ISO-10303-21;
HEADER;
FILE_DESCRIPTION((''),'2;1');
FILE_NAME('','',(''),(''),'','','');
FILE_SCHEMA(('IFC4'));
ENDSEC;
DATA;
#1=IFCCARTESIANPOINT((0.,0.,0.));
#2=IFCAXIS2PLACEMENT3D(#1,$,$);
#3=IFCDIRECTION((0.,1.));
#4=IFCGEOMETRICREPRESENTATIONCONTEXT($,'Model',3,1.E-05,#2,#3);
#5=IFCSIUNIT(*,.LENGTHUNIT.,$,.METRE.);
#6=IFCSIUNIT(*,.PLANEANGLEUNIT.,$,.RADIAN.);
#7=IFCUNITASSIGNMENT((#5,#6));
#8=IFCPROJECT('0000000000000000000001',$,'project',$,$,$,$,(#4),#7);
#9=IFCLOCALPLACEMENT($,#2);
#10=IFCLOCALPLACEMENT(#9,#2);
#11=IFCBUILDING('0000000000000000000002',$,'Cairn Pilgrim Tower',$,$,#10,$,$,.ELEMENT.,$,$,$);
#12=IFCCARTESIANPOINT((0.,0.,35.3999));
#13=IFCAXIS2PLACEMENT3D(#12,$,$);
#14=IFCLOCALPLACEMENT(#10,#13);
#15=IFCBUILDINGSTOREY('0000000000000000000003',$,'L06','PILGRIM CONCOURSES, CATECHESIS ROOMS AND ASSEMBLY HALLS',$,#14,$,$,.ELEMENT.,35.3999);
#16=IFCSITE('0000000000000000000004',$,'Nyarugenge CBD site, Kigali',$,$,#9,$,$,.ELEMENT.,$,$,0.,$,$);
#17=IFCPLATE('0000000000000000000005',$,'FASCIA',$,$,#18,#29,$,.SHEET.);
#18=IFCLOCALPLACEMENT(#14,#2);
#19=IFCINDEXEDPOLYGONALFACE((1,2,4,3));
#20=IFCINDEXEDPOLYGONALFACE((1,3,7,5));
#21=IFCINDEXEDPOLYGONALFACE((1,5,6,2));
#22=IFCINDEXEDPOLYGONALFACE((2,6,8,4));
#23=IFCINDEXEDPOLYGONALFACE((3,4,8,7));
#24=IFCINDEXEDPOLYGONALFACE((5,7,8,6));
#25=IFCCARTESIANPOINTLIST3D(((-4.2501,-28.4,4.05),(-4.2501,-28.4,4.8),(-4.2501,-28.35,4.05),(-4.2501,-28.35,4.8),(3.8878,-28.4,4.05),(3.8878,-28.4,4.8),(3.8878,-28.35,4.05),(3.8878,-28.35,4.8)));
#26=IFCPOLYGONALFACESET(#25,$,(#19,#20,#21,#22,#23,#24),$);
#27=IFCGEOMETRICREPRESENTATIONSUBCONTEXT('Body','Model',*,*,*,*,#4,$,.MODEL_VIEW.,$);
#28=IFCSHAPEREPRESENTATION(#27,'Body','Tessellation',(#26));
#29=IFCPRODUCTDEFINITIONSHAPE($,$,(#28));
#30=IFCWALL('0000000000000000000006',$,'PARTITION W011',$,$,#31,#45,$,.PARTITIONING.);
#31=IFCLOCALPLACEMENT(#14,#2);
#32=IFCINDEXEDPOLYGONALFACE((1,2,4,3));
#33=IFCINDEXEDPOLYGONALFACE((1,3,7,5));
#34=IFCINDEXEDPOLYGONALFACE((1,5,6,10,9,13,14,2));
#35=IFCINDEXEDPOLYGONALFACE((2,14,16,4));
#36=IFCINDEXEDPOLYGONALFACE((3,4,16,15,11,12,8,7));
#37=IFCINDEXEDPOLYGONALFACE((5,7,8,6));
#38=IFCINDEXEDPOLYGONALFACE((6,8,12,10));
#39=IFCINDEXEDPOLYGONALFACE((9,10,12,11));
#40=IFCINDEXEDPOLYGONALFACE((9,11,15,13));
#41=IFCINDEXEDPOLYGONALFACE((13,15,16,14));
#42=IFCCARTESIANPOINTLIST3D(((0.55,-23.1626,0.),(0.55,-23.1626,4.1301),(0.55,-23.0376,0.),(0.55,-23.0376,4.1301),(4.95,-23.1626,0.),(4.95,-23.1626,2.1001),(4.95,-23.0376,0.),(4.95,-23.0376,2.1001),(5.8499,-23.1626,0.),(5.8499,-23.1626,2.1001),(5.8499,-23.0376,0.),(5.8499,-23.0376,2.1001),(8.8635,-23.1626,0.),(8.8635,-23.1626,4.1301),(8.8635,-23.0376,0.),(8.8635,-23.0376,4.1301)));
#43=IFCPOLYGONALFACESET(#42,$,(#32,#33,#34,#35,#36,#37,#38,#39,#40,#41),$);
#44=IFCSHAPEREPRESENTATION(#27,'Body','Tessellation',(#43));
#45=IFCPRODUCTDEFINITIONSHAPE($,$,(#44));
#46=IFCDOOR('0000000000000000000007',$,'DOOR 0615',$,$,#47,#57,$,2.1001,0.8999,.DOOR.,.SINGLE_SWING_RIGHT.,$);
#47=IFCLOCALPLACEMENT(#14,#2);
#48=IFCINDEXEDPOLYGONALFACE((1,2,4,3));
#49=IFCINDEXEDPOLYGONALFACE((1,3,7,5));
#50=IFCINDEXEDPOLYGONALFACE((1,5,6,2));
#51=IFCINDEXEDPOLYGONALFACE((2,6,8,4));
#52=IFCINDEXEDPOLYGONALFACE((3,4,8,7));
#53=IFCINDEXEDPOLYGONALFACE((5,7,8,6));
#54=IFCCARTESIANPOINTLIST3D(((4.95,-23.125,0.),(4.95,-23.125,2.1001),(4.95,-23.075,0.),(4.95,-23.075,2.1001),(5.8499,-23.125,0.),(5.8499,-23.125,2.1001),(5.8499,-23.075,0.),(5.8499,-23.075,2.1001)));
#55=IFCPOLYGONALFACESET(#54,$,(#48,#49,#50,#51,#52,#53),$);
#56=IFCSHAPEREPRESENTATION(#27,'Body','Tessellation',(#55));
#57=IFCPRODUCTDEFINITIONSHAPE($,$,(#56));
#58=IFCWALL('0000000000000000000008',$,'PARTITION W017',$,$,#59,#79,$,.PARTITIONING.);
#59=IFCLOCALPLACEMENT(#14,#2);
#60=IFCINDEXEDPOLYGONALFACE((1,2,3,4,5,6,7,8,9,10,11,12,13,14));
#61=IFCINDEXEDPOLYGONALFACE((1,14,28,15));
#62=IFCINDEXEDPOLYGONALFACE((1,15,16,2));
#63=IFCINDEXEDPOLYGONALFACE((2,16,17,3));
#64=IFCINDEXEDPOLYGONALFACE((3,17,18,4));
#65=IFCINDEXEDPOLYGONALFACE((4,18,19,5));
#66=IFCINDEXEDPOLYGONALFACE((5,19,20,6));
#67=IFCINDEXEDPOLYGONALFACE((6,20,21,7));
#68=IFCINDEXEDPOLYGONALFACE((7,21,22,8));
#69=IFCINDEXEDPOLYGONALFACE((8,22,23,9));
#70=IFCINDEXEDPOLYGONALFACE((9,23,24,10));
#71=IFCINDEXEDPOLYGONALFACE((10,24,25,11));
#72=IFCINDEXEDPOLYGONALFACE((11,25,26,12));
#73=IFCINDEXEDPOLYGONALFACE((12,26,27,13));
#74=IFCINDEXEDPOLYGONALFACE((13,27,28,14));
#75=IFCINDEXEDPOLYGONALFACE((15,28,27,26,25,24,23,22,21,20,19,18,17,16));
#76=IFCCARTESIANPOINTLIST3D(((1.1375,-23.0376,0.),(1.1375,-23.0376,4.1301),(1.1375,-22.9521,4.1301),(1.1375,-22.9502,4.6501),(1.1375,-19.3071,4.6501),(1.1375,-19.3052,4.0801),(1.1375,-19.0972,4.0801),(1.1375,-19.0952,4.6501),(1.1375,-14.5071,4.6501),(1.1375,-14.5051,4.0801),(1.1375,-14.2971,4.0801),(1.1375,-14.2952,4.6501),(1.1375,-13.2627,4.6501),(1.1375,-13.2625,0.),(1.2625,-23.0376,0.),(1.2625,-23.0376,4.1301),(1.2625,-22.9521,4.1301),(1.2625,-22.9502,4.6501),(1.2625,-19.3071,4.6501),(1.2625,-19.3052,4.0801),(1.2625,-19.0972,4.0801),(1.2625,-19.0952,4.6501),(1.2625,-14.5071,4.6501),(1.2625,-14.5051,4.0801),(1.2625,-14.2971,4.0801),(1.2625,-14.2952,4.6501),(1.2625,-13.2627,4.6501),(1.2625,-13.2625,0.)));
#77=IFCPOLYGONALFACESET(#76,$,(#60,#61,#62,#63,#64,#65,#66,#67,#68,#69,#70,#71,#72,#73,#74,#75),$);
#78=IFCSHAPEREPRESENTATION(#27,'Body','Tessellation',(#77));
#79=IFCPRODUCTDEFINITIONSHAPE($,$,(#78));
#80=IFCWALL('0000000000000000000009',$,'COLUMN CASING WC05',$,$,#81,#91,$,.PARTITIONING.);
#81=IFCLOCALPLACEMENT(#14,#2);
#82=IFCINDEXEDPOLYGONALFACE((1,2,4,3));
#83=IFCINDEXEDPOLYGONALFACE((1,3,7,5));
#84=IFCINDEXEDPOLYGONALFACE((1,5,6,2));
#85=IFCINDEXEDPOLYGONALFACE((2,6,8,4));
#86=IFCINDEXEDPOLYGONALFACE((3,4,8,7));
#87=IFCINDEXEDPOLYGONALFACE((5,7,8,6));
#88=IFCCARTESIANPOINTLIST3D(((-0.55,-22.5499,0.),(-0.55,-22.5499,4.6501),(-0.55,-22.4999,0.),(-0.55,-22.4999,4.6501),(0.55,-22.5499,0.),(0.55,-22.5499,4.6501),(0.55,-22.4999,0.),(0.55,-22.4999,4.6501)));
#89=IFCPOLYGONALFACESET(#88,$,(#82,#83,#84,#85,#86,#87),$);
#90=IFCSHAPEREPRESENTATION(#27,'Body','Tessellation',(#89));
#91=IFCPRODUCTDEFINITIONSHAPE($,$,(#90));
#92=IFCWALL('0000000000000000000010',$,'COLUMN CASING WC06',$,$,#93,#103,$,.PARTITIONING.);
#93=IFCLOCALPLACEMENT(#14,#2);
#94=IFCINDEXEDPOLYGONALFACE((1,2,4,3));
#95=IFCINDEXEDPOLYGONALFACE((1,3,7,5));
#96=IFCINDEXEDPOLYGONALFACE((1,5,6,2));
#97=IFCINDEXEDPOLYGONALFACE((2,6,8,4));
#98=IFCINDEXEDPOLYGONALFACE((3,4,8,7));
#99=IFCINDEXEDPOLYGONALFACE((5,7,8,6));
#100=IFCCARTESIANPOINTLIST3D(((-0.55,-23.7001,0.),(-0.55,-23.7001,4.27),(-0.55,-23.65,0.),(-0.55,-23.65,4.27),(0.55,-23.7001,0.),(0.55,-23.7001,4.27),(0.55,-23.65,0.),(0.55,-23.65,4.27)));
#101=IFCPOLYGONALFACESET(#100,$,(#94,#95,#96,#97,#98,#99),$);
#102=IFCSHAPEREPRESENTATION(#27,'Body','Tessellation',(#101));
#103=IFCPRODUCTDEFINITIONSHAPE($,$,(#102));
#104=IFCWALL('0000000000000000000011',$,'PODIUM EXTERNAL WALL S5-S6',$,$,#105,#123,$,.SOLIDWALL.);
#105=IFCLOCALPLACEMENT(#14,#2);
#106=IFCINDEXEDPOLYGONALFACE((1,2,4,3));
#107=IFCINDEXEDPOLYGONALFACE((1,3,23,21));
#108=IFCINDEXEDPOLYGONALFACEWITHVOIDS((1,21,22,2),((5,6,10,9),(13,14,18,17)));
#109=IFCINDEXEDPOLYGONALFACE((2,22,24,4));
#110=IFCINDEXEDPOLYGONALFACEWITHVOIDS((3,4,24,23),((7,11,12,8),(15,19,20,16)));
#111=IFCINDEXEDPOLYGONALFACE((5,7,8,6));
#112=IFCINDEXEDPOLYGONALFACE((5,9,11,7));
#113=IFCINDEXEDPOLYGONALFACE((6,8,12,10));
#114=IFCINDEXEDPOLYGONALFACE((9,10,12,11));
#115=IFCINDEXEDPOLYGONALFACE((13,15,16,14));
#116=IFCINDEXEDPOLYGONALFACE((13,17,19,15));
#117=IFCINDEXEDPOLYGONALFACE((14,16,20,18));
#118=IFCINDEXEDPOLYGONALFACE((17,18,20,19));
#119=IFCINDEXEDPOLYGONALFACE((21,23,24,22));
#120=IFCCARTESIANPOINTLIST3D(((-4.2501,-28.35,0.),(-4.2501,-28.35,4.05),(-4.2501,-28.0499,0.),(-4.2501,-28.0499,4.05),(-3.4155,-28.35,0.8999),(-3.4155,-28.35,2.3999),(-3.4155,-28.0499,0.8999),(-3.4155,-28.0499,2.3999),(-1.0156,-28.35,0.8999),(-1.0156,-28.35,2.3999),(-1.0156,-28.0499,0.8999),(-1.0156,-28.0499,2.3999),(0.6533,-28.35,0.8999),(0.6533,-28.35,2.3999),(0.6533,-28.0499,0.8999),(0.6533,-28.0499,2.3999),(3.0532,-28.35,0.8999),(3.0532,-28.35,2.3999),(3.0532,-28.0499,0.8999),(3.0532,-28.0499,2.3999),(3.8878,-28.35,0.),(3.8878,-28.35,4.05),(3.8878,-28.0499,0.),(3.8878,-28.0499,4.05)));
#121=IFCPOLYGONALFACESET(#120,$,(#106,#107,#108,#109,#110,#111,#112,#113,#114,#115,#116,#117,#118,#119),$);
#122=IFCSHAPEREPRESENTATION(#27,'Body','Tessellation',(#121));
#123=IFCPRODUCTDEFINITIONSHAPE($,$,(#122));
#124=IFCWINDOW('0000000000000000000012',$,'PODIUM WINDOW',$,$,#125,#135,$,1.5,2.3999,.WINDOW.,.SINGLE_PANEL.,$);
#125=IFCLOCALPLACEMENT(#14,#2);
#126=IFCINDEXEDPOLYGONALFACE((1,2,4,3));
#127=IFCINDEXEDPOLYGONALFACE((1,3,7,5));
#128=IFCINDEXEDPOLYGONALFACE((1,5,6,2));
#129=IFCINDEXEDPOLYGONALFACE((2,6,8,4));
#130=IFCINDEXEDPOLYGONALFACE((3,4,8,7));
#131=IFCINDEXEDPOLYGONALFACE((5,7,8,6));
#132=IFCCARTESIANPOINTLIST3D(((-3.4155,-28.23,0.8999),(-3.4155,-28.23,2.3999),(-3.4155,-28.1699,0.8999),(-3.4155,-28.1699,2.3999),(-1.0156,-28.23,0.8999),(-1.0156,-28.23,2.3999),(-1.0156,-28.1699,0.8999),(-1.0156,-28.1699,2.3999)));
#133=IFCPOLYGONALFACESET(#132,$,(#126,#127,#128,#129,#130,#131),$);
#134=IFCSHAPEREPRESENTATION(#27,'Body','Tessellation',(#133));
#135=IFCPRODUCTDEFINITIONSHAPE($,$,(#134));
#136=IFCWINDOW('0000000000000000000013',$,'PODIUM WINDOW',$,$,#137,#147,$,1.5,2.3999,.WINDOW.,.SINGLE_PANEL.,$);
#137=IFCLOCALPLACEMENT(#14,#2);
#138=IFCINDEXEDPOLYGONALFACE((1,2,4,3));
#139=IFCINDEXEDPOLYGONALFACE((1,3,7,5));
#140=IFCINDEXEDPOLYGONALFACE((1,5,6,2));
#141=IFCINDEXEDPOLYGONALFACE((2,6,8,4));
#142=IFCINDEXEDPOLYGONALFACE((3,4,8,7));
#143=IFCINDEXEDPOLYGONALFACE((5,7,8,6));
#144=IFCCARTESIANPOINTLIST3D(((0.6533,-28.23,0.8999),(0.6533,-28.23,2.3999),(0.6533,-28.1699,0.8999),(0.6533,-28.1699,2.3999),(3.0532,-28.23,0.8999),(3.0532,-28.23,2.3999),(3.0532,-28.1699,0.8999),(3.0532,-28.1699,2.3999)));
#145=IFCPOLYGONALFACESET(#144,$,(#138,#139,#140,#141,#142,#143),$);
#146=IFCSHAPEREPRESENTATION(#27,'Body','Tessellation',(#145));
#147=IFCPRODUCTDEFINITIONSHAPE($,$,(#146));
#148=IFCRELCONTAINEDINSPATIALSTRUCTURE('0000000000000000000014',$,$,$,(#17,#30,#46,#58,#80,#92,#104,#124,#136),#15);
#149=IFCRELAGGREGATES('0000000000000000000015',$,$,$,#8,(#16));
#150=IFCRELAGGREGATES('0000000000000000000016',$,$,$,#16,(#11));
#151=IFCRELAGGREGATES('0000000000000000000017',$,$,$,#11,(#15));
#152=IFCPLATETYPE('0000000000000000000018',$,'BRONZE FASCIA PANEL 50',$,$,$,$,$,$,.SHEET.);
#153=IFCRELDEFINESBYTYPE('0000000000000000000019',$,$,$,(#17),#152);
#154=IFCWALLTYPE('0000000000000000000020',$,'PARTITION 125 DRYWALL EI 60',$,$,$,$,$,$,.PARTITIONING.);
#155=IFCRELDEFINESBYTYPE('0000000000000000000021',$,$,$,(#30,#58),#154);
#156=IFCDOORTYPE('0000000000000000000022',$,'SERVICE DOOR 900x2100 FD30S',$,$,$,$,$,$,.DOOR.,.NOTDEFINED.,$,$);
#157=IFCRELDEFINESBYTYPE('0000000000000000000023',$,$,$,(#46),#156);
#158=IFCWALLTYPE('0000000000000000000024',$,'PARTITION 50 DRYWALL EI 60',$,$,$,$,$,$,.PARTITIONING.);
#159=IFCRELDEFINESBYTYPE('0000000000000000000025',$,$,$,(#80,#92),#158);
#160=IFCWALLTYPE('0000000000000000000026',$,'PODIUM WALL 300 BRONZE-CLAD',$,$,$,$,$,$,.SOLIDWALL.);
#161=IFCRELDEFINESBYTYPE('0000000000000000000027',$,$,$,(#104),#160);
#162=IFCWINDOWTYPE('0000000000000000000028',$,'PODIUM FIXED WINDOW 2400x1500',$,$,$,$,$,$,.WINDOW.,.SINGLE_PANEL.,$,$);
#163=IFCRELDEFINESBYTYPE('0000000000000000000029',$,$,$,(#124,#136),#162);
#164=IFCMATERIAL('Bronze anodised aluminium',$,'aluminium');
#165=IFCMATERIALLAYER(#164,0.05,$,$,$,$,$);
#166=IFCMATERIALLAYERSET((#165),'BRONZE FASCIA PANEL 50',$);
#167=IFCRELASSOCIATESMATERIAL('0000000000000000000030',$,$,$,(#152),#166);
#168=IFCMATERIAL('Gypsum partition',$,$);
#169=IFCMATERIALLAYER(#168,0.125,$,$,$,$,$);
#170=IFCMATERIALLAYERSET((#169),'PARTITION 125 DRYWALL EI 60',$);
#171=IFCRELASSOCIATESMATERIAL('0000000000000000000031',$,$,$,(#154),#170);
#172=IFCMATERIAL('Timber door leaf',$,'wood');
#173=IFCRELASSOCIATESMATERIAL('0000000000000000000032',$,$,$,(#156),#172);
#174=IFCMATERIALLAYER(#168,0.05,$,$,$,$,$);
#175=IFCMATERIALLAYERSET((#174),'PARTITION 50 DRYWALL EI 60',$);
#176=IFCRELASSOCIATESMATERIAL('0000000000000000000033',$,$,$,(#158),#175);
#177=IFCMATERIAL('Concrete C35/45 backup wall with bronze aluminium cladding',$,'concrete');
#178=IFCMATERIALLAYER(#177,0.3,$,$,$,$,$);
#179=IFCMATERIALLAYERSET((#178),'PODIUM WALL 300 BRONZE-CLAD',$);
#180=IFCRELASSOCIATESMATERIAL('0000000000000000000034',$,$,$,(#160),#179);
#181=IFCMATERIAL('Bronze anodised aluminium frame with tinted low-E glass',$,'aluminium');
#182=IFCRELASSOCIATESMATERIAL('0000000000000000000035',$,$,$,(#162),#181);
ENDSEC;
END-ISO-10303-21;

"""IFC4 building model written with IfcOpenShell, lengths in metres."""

from ifc_helpers import new_model, si_unit, direction, frame, frame_2d, origin, origin_2d, place, context, subcontext, project, spatial, polyline, rectangle, outline, extrude, material, layer, layer_set, type_object, element, fill, save


model = new_model("IFC4")

# Units and contexts
model_context = context("Model", 3, precision=1e-05, world=origin(), true_north=direction((0.0, 1.0)))
body_context = subcontext(model_context, "Body", "Model", "MODEL_VIEW")
ifc_project = project(units=[si_unit("LENGTHUNIT", "METRE"), si_unit("PLANEANGLEUNIT", "RADIAN")], contexts=[model_context])

# Site, building, storey
site_placement = place(None, origin())
site = spatial("IfcSite", under=ifc_project, at=site_placement, Name="Nyarugenge CBD site, Kigali", CompositionType="ELEMENT", RefElevation=0.0)
building_placement = place(site_placement, origin())
building = spatial("IfcBuilding", under=site, at=building_placement, Name="Cairn Pilgrim Tower", CompositionType="ELEMENT")
storey_placement = place(building_placement, frame((0.0, 0.0, 35.3999)))
storey = spatial("IfcBuildingStorey", under=building, at=storey_placement, Name="L06", Description="PILGRIM CONCOURSES, CATECHESIS ROOMS AND ASSEMBLY HALLS", CompositionType="ELEMENT", Elevation=35.3999)

# Plate
ifc_material_1 = material(Name="Bronze anodised aluminium", Category="aluminium")
ifc_layer_1 = layer(ifc_material_1, 0.05)
ifc_layer_set_1 = layer_set([ifc_layer_1], Name="BRONZE FASCIA PANEL 50")
plate_type = type_object("IfcPlateType", Name="BRONZE FASCIA PANEL 50", PredefinedType="SHEET", material=ifc_layer_set_1)
plate_placement = place(storey_placement, frame((-0.1812, -28.375, 4.05), z_axis=(0.0, 0.0, 1.0), x_axis=(1.0, 0.0, 0.0)))
element("IfcPlate", 1, at=plate_placement, inside=storey, type_object=plate_type, Name="FASCIA", PredefinedType="SHEET", context=body_context, shape_type="SweptSolid", body=[
    extrude(rectangle(XDim=8.1379, YDim=0.05, at=origin_2d()), origin(), (0.0, 0.0, 1.0), 0.75),
])

# Wall, opening, door
ifc_material_2 = material(Name="Gypsum partition")
ifc_layer_2 = layer(ifc_material_2, 0.125)
ifc_layer_set_2 = layer_set([ifc_layer_2], Name="PARTITION 125 DRYWALL EI 60")
wall_type_1 = type_object("IfcWallType", Name="PARTITION 125 DRYWALL EI 60", PredefinedType="PARTITIONING", material=ifc_layer_set_2)
wall_1_placement = place(storey_placement, frame((0.55, -23.1001, 0.0), z_axis=(0.0, 0.0, 1.0), x_axis=(1.0, 0.0, 0.0)))
wall_1 = element("IfcWall", 2, at=wall_1_placement, inside=storey, type_object=wall_type_1, Name="PARTITION W011", PredefinedType="PARTITIONING", context=body_context, shape_type="SweptSolid", body=[
    extrude(rectangle(XDim=8.3135, YDim=0.125, at=frame_2d((4.1567, 0.0))), origin(), (0.0, 0.0, 1.0), 4.1301),
])
opening_1_placement = place(wall_1_placement, frame((4.3999, 0.0, 0.0)))
opening_1 = element("IfcOpeningElement", 3, at=opening_1_placement, cuts=wall_1, PredefinedType="OPENING", context=body_context, shape_type="SweptSolid", body=[
    extrude(rectangle(XDim=0.8999, YDim=2.1001, at=frame_2d((0.45, 1.05))), frame((0.0, 0.0725, 0.0), z_axis=(0.0, -1.0, 0.0), x_axis=(1.0, 0.0, 0.0)), (0.0, 0.0, 1.0), 0.145),
])
ifc_material_3 = material(Name="Timber door leaf", Category="wood")
door_type = type_object("IfcDoorType", Name="SERVICE DOOR 900x2100 FD30S", OperationType="NOTDEFINED", PredefinedType="DOOR", material=ifc_material_3)
door_placement = place(opening_1_placement, frame((0.8999, 0.0, 0.0), z_axis=(0.0, 0.0, 1.0), x_axis=(-1.0, 0.0, 0.0)))
door = element("IfcDoor", 4, at=door_placement, inside=storey, type_object=door_type, Name="DOOR 0615", OperationType="SINGLE_SWING_RIGHT", OverallHeight=2.1001, OverallWidth=0.8999, PredefinedType="DOOR", context=body_context, shape_type="SweptSolid", body=[
    extrude(rectangle(XDim=0.8999, YDim=2.1001, at=frame_2d((0.45, 1.05))), frame((0.0, 0.0249, 0.0), z_axis=(0.0, -1.0, 0.0), x_axis=(1.0, 0.0, 0.0)), (0.0, 0.0, 1.0), 0.05),
])
fill(opening_1, door)

# Walls
wall_2_placement = place(storey_placement, frame((1.2, -23.0376, 0.0), z_axis=(0.0, 0.0, 1.0), x_axis=(0.0, 1.0, 0.0)))
element("IfcWall", 5, at=wall_2_placement, inside=storey, type_object=wall_type_1, Name="PARTITION W017", PredefinedType="PARTITIONING", context=body_context, shape_type="SweptSolid", body=[
    extrude(outline(polyline([(0.0, 0.0), (9.7751, 0.0), (9.7749, 4.6501), (8.7424, 4.6501), (8.7405, 4.0801), (8.5325, 4.0801), (8.5305, 4.6501), (3.9424, 4.6501), (3.9404, 4.0801), (3.7324, 4.0801), (3.7305, 4.6501), (0.0874, 4.6501), (0.0854, 4.1301), (0.0, 4.1301), (0.0, 0.0)])), frame((0.0, 0.0625, 0.0), z_axis=(0.0, -1.0, 0.0), x_axis=(1.0, 0.0, 0.0)), (0.0, 0.0, 1.0), 0.125),
])
ifc_layer_3 = layer(ifc_material_2, 0.05)
ifc_layer_set_3 = layer_set([ifc_layer_3], Name="PARTITION 50 DRYWALL EI 60")
wall_type_2 = type_object("IfcWallType", Name="PARTITION 50 DRYWALL EI 60", PredefinedType="PARTITIONING", material=ifc_layer_set_3)
wall_3_placement = place(storey_placement, frame((-0.55, -22.5249, 0.0), z_axis=(0.0, 0.0, 1.0), x_axis=(1.0, 0.0, 0.0)))
element("IfcWall", 6, at=wall_3_placement, inside=storey, type_object=wall_type_2, Name="COLUMN CASING WC05", PredefinedType="PARTITIONING", context=body_context, shape_type="SweptSolid", body=[
    extrude(rectangle(XDim=1.1001, YDim=0.05, at=frame_2d((0.55, 0.0))), origin(), (0.0, 0.0, 1.0), 4.6501),
])
wall_4_placement = place(storey_placement, frame((-0.55, -23.675, 0.0), z_axis=(0.0, 0.0, 1.0), x_axis=(1.0, 0.0, 0.0)))
element("IfcWall", 7, at=wall_4_placement, inside=storey, type_object=wall_type_2, Name="COLUMN CASING WC06", PredefinedType="PARTITIONING", context=body_context, shape_type="SweptSolid", body=[
    extrude(rectangle(XDim=1.1001, YDim=0.05, at=frame_2d((0.55, 0.0))), origin(), (0.0, 0.0, 1.0), 4.27),
])

# Wall, openings, windows
ifc_material_4 = material(Name="Concrete C35/45 backup wall with bronze aluminium cladding", Category="concrete")
ifc_layer_4 = layer(ifc_material_4, 0.3)
ifc_layer_set_4 = layer_set([ifc_layer_4], Name="PODIUM WALL 300 BRONZE-CLAD")
wall_type_3 = type_object("IfcWallType", Name="PODIUM WALL 300 BRONZE-CLAD", PredefinedType="SOLIDWALL", material=ifc_layer_set_4)
wall_5_placement = place(storey_placement, frame((-4.25, -28.2, 0.0), z_axis=(0.0, 0.0, 1.0), x_axis=(1.0, 0.0, 0.0)))
wall_5 = element("IfcWall", 8, at=wall_5_placement, inside=storey, type_object=wall_type_3, Name="PODIUM EXTERNAL WALL S5-S6", PredefinedType="SOLIDWALL", context=body_context, shape_type="SweptSolid", body=[
    extrude(rectangle(XDim=8.1379, YDim=0.3, at=frame_2d((4.0688, 0.0))), origin(), (0.0, 0.0, 1.0), 4.05),
])
opening_2_placement = place(wall_5_placement, frame((0.8345, 0.0, 0.8999)))
opening_2 = element("IfcOpeningElement", 9, at=opening_2_placement, cuts=wall_5, PredefinedType="OPENING", context=body_context, shape_type="SweptSolid", body=[
    extrude(rectangle(XDim=2.3999, YDim=1.5, at=frame_2d((1.2, 0.75))), frame((0.0, 0.1602, 0.0), z_axis=(0.0, -1.0, 0.0), x_axis=(1.0, 0.0, 0.0)), (0.0, 0.0, 1.0), 0.3201),
])
opening_3_placement = place(wall_5_placement, frame((4.9033, 0.0, 0.8999)))
opening_3 = element("IfcOpeningElement", 10, at=opening_3_placement, cuts=wall_5, PredefinedType="OPENING", context=body_context, shape_type="SweptSolid", body=[
    extrude(rectangle(XDim=2.3999, YDim=1.5, at=frame_2d((1.2, 0.75))), frame((0.0, 0.1602, 0.0), z_axis=(0.0, -1.0, 0.0), x_axis=(1.0, 0.0, 0.0)), (0.0, 0.0, 1.0), 0.3201),
])
ifc_material_5 = material(Name="Bronze anodised aluminium frame with tinted low-E glass", Category="aluminium")
window_type = type_object("IfcWindowType", Name="PODIUM FIXED WINDOW 2400x1500", PartitioningType="SINGLE_PANEL", PredefinedType="WINDOW", material=ifc_material_5)
window_1_placement = place(opening_2_placement, origin())
window_1 = element("IfcWindow", 11, at=window_1_placement, inside=storey, type_object=window_type, Name="PODIUM WINDOW", OverallHeight=1.5, OverallWidth=2.3999, PartitioningType="SINGLE_PANEL", PredefinedType="WINDOW", context=body_context, shape_type="SweptSolid", body=[
    extrude(rectangle(XDim=2.3999, YDim=1.5, at=frame_2d((1.2, 0.75))), frame((0.0, 0.03, 0.0), z_axis=(0.0, -1.0, 0.0), x_axis=(1.0, 0.0, 0.0)), (0.0, 0.0, 1.0), 0.0601),
])
fill(opening_2, window_1)
window_2_placement = place(opening_3_placement, origin())
window_2 = element("IfcWindow", 12, at=window_2_placement, inside=storey, type_object=window_type, Name="PODIUM WINDOW", OverallHeight=1.5, OverallWidth=2.3999, PartitioningType="SINGLE_PANEL", PredefinedType="WINDOW", context=body_context, shape_type="SweptSolid", body=[
    extrude(rectangle(XDim=2.3999, YDim=1.5, at=frame_2d((1.2, 0.75))), frame((0.0, 0.03, 0.0), z_axis=(0.0, -1.0, 0.0), x_axis=(1.0, 0.0, 0.0)), (0.0, 0.0, 1.0), 0.0601),
])
fill(opening_3, window_2)

save(model, "model.ifc")
